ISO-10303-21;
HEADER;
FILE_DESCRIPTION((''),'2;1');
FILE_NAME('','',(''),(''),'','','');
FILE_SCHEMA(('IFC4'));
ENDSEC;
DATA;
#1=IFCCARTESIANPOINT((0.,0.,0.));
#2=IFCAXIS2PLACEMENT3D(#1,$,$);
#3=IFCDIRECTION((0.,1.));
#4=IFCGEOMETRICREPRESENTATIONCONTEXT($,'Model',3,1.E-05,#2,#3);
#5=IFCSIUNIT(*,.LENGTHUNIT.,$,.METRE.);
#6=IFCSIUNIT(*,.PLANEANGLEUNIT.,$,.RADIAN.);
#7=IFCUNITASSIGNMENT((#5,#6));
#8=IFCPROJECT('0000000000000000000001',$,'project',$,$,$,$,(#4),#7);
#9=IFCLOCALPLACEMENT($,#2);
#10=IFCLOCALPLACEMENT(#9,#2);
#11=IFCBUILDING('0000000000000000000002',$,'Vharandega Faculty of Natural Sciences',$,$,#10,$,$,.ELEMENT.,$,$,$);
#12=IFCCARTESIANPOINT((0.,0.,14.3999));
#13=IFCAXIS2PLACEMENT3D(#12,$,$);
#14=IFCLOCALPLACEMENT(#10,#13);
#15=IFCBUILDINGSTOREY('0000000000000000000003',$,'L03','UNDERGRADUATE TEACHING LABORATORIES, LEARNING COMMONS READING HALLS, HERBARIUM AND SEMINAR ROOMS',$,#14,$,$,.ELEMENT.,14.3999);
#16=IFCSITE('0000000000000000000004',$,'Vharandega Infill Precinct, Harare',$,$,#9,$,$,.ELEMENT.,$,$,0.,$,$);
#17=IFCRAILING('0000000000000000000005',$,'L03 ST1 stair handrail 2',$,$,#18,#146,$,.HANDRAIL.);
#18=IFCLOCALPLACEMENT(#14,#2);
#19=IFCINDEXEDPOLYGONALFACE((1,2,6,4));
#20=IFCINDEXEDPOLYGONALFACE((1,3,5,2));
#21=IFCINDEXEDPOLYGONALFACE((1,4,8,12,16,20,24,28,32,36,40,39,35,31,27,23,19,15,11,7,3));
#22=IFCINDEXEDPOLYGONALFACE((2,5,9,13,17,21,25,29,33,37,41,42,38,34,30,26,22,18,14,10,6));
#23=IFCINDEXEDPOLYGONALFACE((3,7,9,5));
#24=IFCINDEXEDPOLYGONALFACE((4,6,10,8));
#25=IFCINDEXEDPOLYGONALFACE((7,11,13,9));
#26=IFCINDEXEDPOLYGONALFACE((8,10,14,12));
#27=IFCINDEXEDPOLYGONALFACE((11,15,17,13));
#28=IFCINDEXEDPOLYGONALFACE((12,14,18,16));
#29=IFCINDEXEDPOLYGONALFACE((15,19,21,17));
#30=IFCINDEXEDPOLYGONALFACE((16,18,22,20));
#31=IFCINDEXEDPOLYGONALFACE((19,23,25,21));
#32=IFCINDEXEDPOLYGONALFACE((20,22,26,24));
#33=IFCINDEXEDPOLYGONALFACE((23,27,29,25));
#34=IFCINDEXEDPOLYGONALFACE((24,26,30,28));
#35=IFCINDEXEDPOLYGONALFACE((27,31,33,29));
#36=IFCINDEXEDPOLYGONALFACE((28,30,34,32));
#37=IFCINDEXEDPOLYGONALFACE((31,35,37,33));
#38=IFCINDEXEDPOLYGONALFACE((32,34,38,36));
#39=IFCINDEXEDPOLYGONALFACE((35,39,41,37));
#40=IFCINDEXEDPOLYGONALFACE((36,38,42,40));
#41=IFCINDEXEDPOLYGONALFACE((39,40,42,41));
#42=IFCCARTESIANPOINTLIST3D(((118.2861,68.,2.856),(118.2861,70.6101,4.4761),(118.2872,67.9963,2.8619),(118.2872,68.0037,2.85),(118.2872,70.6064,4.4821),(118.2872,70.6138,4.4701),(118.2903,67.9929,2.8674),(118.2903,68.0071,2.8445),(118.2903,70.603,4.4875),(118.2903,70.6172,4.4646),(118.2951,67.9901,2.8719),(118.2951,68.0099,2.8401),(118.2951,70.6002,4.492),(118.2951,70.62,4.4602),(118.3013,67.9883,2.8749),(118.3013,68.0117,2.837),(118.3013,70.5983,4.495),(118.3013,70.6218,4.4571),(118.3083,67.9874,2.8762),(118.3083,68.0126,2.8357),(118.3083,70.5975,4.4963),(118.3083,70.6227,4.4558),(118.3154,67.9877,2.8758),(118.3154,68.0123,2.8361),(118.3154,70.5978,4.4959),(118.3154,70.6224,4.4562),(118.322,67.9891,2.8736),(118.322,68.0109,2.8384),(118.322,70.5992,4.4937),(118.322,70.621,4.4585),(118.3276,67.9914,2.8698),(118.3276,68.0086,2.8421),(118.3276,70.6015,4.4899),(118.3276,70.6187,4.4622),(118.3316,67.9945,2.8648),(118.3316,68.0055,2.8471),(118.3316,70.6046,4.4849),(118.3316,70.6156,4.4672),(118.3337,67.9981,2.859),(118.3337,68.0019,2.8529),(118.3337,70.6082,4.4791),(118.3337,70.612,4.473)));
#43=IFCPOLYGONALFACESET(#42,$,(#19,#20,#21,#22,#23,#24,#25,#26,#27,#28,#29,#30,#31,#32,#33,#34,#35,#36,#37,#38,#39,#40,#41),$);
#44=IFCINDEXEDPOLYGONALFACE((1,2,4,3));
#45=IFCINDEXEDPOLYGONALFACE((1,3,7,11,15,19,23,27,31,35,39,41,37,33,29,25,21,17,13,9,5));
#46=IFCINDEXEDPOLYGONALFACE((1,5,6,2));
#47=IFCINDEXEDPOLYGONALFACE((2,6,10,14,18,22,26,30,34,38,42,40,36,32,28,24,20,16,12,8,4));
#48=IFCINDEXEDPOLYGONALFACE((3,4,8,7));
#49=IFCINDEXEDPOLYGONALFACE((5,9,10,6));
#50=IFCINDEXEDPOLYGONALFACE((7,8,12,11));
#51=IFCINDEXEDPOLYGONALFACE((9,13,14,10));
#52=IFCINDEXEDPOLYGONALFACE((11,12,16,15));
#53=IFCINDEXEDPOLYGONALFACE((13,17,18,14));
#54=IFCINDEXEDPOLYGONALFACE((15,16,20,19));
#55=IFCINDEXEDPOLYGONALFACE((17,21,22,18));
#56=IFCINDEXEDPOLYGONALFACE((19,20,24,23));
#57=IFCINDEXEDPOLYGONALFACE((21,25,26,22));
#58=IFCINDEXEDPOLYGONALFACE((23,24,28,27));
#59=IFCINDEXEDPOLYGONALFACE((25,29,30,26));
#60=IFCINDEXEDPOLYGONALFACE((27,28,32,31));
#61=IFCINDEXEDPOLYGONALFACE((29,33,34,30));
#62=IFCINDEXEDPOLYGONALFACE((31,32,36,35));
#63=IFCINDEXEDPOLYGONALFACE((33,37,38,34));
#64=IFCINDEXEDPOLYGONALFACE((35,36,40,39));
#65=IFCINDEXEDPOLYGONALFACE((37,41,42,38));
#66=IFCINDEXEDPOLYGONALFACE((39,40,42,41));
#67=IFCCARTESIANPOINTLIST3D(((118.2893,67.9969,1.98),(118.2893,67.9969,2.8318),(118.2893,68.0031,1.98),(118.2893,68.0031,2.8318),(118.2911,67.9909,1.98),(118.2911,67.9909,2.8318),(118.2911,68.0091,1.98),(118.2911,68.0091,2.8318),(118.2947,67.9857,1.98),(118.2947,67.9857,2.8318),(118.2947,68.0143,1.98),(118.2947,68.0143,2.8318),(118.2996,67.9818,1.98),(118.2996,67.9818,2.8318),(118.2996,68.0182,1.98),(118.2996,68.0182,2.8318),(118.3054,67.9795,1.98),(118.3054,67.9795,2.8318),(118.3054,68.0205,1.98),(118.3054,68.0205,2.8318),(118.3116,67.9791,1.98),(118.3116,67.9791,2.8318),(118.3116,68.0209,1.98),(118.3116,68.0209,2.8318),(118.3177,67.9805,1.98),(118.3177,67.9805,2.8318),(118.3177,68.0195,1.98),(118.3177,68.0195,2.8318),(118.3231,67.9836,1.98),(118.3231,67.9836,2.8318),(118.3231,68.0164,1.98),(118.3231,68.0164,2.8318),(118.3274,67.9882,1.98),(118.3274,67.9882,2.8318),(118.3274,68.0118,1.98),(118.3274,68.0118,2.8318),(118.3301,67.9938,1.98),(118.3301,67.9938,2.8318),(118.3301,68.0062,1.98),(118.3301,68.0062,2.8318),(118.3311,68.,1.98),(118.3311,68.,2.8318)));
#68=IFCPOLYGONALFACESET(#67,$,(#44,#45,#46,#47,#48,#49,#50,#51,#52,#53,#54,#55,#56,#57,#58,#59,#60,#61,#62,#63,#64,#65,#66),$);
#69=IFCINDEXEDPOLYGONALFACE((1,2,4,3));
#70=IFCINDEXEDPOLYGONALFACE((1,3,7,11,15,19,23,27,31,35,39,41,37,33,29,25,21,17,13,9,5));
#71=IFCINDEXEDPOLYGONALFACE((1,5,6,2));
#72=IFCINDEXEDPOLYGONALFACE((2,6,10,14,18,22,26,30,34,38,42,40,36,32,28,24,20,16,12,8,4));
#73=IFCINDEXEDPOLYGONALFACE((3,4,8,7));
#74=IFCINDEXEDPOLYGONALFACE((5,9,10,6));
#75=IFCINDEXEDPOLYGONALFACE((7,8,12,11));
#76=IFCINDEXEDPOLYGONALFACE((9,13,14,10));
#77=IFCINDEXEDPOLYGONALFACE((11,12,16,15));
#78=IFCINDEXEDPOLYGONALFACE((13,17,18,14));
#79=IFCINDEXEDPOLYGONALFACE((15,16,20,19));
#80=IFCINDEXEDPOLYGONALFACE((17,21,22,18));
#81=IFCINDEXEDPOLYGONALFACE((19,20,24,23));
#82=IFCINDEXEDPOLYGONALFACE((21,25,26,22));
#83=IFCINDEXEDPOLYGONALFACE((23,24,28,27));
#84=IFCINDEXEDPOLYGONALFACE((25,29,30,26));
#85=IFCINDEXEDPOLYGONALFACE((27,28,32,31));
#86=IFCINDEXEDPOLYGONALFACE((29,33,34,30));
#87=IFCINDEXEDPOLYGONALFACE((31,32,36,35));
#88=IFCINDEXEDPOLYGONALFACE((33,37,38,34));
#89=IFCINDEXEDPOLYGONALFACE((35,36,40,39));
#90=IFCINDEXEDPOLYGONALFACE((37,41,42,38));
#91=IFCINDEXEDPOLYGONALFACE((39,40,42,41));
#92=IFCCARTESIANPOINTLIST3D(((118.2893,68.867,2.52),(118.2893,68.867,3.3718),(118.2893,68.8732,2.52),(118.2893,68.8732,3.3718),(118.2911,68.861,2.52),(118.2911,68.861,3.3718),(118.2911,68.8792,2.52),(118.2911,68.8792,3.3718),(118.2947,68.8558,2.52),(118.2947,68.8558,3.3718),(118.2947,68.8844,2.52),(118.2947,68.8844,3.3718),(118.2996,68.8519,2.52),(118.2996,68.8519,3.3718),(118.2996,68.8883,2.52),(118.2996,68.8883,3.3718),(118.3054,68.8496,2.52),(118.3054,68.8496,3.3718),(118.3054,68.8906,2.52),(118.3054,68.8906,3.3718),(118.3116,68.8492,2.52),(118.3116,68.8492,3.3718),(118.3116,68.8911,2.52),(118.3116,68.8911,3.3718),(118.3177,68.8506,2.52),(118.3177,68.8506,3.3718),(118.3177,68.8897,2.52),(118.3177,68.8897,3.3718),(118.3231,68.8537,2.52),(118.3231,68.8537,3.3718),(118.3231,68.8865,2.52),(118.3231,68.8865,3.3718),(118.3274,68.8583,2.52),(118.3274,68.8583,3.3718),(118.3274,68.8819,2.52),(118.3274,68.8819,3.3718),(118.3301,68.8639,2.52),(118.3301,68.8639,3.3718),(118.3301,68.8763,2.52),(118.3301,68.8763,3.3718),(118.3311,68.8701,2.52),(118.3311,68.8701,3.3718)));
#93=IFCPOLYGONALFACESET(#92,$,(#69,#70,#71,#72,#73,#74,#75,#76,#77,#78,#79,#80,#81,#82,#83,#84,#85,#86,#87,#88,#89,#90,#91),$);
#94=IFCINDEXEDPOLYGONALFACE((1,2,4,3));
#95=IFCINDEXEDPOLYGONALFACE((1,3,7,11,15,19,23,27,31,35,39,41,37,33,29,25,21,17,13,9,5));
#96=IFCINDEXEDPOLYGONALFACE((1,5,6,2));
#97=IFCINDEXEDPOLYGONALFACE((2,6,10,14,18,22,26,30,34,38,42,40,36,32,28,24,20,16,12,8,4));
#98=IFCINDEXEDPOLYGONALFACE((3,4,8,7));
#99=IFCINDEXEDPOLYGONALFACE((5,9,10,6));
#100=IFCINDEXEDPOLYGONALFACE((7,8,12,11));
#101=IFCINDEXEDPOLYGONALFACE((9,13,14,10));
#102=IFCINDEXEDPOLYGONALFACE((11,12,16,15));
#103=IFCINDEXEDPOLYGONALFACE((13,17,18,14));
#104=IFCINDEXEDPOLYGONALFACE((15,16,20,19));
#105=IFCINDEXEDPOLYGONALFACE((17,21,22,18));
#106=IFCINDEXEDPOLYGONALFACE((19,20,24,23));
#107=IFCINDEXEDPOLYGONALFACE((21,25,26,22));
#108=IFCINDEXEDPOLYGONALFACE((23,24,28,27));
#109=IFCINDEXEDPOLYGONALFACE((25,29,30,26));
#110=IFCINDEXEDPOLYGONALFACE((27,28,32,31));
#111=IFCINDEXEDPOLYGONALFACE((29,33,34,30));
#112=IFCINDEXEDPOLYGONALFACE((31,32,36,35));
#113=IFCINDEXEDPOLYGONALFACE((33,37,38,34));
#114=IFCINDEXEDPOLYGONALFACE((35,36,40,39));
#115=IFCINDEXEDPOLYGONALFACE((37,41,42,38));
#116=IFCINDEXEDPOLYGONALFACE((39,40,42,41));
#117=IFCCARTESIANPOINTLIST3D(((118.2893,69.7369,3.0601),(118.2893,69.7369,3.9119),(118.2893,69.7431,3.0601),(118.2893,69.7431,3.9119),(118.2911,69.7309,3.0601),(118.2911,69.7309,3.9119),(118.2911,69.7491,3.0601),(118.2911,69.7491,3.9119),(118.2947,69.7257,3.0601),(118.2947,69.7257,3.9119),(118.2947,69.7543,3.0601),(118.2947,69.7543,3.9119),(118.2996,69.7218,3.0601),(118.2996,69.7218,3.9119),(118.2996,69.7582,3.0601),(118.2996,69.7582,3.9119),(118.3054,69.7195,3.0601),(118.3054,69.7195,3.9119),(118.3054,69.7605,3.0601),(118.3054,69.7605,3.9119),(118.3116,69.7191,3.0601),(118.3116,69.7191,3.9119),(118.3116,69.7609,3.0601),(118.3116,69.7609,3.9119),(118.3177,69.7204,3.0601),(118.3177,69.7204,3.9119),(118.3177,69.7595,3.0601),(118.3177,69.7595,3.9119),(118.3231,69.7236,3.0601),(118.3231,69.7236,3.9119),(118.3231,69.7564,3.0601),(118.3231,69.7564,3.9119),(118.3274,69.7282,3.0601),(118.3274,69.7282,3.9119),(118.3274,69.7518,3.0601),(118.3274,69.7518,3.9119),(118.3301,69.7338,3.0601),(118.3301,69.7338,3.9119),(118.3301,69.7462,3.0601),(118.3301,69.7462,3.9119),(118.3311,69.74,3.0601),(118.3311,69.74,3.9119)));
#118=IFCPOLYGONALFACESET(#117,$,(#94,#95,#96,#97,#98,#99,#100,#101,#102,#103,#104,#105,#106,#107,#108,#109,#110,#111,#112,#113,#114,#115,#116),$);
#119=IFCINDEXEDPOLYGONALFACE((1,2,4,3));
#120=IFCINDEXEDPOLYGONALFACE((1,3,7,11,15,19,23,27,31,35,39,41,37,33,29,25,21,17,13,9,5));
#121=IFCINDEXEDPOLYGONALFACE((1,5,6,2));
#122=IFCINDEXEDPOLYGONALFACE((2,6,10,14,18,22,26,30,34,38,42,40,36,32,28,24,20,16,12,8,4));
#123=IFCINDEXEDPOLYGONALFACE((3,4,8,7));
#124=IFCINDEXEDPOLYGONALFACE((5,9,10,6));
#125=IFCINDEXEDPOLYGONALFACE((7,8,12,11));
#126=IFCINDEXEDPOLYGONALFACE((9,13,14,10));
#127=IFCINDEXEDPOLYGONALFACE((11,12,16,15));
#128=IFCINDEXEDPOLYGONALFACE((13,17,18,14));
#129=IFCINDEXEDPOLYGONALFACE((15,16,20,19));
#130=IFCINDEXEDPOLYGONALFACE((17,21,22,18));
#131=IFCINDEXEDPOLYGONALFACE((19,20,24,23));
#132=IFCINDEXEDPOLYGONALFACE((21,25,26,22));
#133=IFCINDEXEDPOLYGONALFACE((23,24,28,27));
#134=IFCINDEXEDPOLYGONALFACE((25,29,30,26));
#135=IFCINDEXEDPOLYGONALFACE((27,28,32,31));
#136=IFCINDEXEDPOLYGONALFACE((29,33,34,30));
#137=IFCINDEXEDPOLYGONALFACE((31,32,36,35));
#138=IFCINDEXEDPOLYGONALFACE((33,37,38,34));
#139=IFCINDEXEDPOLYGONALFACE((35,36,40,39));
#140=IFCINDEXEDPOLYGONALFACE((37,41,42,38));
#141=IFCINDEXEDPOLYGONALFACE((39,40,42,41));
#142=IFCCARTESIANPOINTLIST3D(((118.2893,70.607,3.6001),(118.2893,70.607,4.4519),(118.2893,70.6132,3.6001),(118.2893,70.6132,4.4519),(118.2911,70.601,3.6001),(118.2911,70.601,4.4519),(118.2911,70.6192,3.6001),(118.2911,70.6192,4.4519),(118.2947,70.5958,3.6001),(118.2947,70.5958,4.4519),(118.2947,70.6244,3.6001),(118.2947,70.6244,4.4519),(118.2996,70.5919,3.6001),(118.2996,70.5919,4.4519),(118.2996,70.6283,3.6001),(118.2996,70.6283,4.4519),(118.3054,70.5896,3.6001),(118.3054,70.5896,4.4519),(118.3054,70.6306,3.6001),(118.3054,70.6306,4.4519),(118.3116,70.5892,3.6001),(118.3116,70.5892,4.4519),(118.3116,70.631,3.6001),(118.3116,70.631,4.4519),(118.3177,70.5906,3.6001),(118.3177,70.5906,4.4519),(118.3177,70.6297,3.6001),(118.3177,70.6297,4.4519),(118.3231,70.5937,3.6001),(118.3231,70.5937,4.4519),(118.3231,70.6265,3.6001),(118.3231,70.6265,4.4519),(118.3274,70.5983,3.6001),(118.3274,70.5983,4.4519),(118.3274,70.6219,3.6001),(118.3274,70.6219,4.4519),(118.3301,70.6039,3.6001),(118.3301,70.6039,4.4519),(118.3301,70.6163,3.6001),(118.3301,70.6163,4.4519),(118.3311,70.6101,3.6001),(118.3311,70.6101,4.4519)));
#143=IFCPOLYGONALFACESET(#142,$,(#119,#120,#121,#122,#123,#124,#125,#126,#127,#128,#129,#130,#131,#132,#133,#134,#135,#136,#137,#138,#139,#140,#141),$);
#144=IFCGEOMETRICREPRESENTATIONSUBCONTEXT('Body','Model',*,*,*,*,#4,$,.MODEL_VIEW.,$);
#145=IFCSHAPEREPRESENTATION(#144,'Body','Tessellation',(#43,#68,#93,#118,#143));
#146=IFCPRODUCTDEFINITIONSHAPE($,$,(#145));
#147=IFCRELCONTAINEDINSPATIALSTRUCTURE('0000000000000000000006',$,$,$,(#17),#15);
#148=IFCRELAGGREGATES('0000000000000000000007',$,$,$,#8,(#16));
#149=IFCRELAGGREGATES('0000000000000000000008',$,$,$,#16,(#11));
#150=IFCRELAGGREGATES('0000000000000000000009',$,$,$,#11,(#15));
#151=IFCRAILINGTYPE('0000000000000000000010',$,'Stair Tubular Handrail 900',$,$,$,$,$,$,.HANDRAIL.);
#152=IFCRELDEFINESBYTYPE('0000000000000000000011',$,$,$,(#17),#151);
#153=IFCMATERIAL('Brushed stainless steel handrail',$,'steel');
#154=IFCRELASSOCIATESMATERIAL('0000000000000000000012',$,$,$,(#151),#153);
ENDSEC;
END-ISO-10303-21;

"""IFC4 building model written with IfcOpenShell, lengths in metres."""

from ifc_helpers import new_model, si_unit, direction, frame, origin, origin_2d, place, context, subcontext, project, spatial, circle, extrude, material, type_object, element, save


model = new_model("IFC4")

# Units and contexts
model_context = context("Model", 3, precision=1e-05, world=origin(), true_north=direction((0.0, 1.0)))
body_context = subcontext(model_context, "Body", "Model", "MODEL_VIEW")
ifc_project = project(units=[si_unit("LENGTHUNIT", "METRE"), si_unit("PLANEANGLEUNIT", "RADIAN")], contexts=[model_context])

# Site, building, storey
site_placement = place(None, origin())
site = spatial("IfcSite", under=ifc_project, at=site_placement, Name="Vharandega Infill Precinct, Harare", CompositionType="ELEMENT", RefElevation=0.0)
building_placement = place(site_placement, origin())
building = spatial("IfcBuilding", under=site, at=building_placement, Name="Vharandega Faculty of Natural Sciences", CompositionType="ELEMENT")
storey_placement = place(building_placement, frame((0.0, 0.0, 14.3999)))
storey = spatial("IfcBuildingStorey", under=building, at=storey_placement, Name="L03", Description="UNDERGRADUATE TEACHING LABORATORIES, LEARNING COMMONS READING HALLS, HERBARIUM AND SEMINAR ROOMS", CompositionType="ELEMENT", Elevation=14.3999)

# Railing
ifc_material_1 = material(Name="Brushed stainless steel handrail", Category="steel")
railing_type_1 = type_object("IfcRailingType", Name="Stair Tubular Handrail 900", PredefinedType="HANDRAIL", material=ifc_material_1)
railing_1_placement = place(storey_placement, frame((118.3101, 68.0, 1.98)))
element("IfcRailing", 1, at=railing_1_placement, inside=storey, type_object=railing_type_1, Name="L03 ST1 stair handrail 2", PredefinedType="HANDRAIL", context=body_context, shape_type="SweptSolid", body=[
    extrude(circle(Radius=0.0239, at=origin_2d()), frame((0.0, 0.0, 0.876), z_axis=(0.0, 0.849633, 0.527375), x_axis=(-1.0, 0.0, 0.0)), (0.0, 0.0, 1.0), 3.072),
    extrude(circle(Radius=0.021, at=origin_2d()), origin(), (0.0, 0.0, 1.0), 0.8518),
    extrude(circle(Radius=0.021, at=origin_2d()), frame((0.0, 0.8701, 0.54)), (0.0, 0.0, 1.0), 0.8518),
    extrude(circle(Radius=0.021, at=origin_2d()), frame((0.0, 1.74, 1.0801)), (0.0, 0.0, 1.0), 0.8518),
    extrude(circle(Radius=0.021, at=origin_2d()), frame((0.0, 2.6101, 1.6201)), (0.0, 0.0, 1.0), 0.8518),
])

save(model, "model.ifc")
